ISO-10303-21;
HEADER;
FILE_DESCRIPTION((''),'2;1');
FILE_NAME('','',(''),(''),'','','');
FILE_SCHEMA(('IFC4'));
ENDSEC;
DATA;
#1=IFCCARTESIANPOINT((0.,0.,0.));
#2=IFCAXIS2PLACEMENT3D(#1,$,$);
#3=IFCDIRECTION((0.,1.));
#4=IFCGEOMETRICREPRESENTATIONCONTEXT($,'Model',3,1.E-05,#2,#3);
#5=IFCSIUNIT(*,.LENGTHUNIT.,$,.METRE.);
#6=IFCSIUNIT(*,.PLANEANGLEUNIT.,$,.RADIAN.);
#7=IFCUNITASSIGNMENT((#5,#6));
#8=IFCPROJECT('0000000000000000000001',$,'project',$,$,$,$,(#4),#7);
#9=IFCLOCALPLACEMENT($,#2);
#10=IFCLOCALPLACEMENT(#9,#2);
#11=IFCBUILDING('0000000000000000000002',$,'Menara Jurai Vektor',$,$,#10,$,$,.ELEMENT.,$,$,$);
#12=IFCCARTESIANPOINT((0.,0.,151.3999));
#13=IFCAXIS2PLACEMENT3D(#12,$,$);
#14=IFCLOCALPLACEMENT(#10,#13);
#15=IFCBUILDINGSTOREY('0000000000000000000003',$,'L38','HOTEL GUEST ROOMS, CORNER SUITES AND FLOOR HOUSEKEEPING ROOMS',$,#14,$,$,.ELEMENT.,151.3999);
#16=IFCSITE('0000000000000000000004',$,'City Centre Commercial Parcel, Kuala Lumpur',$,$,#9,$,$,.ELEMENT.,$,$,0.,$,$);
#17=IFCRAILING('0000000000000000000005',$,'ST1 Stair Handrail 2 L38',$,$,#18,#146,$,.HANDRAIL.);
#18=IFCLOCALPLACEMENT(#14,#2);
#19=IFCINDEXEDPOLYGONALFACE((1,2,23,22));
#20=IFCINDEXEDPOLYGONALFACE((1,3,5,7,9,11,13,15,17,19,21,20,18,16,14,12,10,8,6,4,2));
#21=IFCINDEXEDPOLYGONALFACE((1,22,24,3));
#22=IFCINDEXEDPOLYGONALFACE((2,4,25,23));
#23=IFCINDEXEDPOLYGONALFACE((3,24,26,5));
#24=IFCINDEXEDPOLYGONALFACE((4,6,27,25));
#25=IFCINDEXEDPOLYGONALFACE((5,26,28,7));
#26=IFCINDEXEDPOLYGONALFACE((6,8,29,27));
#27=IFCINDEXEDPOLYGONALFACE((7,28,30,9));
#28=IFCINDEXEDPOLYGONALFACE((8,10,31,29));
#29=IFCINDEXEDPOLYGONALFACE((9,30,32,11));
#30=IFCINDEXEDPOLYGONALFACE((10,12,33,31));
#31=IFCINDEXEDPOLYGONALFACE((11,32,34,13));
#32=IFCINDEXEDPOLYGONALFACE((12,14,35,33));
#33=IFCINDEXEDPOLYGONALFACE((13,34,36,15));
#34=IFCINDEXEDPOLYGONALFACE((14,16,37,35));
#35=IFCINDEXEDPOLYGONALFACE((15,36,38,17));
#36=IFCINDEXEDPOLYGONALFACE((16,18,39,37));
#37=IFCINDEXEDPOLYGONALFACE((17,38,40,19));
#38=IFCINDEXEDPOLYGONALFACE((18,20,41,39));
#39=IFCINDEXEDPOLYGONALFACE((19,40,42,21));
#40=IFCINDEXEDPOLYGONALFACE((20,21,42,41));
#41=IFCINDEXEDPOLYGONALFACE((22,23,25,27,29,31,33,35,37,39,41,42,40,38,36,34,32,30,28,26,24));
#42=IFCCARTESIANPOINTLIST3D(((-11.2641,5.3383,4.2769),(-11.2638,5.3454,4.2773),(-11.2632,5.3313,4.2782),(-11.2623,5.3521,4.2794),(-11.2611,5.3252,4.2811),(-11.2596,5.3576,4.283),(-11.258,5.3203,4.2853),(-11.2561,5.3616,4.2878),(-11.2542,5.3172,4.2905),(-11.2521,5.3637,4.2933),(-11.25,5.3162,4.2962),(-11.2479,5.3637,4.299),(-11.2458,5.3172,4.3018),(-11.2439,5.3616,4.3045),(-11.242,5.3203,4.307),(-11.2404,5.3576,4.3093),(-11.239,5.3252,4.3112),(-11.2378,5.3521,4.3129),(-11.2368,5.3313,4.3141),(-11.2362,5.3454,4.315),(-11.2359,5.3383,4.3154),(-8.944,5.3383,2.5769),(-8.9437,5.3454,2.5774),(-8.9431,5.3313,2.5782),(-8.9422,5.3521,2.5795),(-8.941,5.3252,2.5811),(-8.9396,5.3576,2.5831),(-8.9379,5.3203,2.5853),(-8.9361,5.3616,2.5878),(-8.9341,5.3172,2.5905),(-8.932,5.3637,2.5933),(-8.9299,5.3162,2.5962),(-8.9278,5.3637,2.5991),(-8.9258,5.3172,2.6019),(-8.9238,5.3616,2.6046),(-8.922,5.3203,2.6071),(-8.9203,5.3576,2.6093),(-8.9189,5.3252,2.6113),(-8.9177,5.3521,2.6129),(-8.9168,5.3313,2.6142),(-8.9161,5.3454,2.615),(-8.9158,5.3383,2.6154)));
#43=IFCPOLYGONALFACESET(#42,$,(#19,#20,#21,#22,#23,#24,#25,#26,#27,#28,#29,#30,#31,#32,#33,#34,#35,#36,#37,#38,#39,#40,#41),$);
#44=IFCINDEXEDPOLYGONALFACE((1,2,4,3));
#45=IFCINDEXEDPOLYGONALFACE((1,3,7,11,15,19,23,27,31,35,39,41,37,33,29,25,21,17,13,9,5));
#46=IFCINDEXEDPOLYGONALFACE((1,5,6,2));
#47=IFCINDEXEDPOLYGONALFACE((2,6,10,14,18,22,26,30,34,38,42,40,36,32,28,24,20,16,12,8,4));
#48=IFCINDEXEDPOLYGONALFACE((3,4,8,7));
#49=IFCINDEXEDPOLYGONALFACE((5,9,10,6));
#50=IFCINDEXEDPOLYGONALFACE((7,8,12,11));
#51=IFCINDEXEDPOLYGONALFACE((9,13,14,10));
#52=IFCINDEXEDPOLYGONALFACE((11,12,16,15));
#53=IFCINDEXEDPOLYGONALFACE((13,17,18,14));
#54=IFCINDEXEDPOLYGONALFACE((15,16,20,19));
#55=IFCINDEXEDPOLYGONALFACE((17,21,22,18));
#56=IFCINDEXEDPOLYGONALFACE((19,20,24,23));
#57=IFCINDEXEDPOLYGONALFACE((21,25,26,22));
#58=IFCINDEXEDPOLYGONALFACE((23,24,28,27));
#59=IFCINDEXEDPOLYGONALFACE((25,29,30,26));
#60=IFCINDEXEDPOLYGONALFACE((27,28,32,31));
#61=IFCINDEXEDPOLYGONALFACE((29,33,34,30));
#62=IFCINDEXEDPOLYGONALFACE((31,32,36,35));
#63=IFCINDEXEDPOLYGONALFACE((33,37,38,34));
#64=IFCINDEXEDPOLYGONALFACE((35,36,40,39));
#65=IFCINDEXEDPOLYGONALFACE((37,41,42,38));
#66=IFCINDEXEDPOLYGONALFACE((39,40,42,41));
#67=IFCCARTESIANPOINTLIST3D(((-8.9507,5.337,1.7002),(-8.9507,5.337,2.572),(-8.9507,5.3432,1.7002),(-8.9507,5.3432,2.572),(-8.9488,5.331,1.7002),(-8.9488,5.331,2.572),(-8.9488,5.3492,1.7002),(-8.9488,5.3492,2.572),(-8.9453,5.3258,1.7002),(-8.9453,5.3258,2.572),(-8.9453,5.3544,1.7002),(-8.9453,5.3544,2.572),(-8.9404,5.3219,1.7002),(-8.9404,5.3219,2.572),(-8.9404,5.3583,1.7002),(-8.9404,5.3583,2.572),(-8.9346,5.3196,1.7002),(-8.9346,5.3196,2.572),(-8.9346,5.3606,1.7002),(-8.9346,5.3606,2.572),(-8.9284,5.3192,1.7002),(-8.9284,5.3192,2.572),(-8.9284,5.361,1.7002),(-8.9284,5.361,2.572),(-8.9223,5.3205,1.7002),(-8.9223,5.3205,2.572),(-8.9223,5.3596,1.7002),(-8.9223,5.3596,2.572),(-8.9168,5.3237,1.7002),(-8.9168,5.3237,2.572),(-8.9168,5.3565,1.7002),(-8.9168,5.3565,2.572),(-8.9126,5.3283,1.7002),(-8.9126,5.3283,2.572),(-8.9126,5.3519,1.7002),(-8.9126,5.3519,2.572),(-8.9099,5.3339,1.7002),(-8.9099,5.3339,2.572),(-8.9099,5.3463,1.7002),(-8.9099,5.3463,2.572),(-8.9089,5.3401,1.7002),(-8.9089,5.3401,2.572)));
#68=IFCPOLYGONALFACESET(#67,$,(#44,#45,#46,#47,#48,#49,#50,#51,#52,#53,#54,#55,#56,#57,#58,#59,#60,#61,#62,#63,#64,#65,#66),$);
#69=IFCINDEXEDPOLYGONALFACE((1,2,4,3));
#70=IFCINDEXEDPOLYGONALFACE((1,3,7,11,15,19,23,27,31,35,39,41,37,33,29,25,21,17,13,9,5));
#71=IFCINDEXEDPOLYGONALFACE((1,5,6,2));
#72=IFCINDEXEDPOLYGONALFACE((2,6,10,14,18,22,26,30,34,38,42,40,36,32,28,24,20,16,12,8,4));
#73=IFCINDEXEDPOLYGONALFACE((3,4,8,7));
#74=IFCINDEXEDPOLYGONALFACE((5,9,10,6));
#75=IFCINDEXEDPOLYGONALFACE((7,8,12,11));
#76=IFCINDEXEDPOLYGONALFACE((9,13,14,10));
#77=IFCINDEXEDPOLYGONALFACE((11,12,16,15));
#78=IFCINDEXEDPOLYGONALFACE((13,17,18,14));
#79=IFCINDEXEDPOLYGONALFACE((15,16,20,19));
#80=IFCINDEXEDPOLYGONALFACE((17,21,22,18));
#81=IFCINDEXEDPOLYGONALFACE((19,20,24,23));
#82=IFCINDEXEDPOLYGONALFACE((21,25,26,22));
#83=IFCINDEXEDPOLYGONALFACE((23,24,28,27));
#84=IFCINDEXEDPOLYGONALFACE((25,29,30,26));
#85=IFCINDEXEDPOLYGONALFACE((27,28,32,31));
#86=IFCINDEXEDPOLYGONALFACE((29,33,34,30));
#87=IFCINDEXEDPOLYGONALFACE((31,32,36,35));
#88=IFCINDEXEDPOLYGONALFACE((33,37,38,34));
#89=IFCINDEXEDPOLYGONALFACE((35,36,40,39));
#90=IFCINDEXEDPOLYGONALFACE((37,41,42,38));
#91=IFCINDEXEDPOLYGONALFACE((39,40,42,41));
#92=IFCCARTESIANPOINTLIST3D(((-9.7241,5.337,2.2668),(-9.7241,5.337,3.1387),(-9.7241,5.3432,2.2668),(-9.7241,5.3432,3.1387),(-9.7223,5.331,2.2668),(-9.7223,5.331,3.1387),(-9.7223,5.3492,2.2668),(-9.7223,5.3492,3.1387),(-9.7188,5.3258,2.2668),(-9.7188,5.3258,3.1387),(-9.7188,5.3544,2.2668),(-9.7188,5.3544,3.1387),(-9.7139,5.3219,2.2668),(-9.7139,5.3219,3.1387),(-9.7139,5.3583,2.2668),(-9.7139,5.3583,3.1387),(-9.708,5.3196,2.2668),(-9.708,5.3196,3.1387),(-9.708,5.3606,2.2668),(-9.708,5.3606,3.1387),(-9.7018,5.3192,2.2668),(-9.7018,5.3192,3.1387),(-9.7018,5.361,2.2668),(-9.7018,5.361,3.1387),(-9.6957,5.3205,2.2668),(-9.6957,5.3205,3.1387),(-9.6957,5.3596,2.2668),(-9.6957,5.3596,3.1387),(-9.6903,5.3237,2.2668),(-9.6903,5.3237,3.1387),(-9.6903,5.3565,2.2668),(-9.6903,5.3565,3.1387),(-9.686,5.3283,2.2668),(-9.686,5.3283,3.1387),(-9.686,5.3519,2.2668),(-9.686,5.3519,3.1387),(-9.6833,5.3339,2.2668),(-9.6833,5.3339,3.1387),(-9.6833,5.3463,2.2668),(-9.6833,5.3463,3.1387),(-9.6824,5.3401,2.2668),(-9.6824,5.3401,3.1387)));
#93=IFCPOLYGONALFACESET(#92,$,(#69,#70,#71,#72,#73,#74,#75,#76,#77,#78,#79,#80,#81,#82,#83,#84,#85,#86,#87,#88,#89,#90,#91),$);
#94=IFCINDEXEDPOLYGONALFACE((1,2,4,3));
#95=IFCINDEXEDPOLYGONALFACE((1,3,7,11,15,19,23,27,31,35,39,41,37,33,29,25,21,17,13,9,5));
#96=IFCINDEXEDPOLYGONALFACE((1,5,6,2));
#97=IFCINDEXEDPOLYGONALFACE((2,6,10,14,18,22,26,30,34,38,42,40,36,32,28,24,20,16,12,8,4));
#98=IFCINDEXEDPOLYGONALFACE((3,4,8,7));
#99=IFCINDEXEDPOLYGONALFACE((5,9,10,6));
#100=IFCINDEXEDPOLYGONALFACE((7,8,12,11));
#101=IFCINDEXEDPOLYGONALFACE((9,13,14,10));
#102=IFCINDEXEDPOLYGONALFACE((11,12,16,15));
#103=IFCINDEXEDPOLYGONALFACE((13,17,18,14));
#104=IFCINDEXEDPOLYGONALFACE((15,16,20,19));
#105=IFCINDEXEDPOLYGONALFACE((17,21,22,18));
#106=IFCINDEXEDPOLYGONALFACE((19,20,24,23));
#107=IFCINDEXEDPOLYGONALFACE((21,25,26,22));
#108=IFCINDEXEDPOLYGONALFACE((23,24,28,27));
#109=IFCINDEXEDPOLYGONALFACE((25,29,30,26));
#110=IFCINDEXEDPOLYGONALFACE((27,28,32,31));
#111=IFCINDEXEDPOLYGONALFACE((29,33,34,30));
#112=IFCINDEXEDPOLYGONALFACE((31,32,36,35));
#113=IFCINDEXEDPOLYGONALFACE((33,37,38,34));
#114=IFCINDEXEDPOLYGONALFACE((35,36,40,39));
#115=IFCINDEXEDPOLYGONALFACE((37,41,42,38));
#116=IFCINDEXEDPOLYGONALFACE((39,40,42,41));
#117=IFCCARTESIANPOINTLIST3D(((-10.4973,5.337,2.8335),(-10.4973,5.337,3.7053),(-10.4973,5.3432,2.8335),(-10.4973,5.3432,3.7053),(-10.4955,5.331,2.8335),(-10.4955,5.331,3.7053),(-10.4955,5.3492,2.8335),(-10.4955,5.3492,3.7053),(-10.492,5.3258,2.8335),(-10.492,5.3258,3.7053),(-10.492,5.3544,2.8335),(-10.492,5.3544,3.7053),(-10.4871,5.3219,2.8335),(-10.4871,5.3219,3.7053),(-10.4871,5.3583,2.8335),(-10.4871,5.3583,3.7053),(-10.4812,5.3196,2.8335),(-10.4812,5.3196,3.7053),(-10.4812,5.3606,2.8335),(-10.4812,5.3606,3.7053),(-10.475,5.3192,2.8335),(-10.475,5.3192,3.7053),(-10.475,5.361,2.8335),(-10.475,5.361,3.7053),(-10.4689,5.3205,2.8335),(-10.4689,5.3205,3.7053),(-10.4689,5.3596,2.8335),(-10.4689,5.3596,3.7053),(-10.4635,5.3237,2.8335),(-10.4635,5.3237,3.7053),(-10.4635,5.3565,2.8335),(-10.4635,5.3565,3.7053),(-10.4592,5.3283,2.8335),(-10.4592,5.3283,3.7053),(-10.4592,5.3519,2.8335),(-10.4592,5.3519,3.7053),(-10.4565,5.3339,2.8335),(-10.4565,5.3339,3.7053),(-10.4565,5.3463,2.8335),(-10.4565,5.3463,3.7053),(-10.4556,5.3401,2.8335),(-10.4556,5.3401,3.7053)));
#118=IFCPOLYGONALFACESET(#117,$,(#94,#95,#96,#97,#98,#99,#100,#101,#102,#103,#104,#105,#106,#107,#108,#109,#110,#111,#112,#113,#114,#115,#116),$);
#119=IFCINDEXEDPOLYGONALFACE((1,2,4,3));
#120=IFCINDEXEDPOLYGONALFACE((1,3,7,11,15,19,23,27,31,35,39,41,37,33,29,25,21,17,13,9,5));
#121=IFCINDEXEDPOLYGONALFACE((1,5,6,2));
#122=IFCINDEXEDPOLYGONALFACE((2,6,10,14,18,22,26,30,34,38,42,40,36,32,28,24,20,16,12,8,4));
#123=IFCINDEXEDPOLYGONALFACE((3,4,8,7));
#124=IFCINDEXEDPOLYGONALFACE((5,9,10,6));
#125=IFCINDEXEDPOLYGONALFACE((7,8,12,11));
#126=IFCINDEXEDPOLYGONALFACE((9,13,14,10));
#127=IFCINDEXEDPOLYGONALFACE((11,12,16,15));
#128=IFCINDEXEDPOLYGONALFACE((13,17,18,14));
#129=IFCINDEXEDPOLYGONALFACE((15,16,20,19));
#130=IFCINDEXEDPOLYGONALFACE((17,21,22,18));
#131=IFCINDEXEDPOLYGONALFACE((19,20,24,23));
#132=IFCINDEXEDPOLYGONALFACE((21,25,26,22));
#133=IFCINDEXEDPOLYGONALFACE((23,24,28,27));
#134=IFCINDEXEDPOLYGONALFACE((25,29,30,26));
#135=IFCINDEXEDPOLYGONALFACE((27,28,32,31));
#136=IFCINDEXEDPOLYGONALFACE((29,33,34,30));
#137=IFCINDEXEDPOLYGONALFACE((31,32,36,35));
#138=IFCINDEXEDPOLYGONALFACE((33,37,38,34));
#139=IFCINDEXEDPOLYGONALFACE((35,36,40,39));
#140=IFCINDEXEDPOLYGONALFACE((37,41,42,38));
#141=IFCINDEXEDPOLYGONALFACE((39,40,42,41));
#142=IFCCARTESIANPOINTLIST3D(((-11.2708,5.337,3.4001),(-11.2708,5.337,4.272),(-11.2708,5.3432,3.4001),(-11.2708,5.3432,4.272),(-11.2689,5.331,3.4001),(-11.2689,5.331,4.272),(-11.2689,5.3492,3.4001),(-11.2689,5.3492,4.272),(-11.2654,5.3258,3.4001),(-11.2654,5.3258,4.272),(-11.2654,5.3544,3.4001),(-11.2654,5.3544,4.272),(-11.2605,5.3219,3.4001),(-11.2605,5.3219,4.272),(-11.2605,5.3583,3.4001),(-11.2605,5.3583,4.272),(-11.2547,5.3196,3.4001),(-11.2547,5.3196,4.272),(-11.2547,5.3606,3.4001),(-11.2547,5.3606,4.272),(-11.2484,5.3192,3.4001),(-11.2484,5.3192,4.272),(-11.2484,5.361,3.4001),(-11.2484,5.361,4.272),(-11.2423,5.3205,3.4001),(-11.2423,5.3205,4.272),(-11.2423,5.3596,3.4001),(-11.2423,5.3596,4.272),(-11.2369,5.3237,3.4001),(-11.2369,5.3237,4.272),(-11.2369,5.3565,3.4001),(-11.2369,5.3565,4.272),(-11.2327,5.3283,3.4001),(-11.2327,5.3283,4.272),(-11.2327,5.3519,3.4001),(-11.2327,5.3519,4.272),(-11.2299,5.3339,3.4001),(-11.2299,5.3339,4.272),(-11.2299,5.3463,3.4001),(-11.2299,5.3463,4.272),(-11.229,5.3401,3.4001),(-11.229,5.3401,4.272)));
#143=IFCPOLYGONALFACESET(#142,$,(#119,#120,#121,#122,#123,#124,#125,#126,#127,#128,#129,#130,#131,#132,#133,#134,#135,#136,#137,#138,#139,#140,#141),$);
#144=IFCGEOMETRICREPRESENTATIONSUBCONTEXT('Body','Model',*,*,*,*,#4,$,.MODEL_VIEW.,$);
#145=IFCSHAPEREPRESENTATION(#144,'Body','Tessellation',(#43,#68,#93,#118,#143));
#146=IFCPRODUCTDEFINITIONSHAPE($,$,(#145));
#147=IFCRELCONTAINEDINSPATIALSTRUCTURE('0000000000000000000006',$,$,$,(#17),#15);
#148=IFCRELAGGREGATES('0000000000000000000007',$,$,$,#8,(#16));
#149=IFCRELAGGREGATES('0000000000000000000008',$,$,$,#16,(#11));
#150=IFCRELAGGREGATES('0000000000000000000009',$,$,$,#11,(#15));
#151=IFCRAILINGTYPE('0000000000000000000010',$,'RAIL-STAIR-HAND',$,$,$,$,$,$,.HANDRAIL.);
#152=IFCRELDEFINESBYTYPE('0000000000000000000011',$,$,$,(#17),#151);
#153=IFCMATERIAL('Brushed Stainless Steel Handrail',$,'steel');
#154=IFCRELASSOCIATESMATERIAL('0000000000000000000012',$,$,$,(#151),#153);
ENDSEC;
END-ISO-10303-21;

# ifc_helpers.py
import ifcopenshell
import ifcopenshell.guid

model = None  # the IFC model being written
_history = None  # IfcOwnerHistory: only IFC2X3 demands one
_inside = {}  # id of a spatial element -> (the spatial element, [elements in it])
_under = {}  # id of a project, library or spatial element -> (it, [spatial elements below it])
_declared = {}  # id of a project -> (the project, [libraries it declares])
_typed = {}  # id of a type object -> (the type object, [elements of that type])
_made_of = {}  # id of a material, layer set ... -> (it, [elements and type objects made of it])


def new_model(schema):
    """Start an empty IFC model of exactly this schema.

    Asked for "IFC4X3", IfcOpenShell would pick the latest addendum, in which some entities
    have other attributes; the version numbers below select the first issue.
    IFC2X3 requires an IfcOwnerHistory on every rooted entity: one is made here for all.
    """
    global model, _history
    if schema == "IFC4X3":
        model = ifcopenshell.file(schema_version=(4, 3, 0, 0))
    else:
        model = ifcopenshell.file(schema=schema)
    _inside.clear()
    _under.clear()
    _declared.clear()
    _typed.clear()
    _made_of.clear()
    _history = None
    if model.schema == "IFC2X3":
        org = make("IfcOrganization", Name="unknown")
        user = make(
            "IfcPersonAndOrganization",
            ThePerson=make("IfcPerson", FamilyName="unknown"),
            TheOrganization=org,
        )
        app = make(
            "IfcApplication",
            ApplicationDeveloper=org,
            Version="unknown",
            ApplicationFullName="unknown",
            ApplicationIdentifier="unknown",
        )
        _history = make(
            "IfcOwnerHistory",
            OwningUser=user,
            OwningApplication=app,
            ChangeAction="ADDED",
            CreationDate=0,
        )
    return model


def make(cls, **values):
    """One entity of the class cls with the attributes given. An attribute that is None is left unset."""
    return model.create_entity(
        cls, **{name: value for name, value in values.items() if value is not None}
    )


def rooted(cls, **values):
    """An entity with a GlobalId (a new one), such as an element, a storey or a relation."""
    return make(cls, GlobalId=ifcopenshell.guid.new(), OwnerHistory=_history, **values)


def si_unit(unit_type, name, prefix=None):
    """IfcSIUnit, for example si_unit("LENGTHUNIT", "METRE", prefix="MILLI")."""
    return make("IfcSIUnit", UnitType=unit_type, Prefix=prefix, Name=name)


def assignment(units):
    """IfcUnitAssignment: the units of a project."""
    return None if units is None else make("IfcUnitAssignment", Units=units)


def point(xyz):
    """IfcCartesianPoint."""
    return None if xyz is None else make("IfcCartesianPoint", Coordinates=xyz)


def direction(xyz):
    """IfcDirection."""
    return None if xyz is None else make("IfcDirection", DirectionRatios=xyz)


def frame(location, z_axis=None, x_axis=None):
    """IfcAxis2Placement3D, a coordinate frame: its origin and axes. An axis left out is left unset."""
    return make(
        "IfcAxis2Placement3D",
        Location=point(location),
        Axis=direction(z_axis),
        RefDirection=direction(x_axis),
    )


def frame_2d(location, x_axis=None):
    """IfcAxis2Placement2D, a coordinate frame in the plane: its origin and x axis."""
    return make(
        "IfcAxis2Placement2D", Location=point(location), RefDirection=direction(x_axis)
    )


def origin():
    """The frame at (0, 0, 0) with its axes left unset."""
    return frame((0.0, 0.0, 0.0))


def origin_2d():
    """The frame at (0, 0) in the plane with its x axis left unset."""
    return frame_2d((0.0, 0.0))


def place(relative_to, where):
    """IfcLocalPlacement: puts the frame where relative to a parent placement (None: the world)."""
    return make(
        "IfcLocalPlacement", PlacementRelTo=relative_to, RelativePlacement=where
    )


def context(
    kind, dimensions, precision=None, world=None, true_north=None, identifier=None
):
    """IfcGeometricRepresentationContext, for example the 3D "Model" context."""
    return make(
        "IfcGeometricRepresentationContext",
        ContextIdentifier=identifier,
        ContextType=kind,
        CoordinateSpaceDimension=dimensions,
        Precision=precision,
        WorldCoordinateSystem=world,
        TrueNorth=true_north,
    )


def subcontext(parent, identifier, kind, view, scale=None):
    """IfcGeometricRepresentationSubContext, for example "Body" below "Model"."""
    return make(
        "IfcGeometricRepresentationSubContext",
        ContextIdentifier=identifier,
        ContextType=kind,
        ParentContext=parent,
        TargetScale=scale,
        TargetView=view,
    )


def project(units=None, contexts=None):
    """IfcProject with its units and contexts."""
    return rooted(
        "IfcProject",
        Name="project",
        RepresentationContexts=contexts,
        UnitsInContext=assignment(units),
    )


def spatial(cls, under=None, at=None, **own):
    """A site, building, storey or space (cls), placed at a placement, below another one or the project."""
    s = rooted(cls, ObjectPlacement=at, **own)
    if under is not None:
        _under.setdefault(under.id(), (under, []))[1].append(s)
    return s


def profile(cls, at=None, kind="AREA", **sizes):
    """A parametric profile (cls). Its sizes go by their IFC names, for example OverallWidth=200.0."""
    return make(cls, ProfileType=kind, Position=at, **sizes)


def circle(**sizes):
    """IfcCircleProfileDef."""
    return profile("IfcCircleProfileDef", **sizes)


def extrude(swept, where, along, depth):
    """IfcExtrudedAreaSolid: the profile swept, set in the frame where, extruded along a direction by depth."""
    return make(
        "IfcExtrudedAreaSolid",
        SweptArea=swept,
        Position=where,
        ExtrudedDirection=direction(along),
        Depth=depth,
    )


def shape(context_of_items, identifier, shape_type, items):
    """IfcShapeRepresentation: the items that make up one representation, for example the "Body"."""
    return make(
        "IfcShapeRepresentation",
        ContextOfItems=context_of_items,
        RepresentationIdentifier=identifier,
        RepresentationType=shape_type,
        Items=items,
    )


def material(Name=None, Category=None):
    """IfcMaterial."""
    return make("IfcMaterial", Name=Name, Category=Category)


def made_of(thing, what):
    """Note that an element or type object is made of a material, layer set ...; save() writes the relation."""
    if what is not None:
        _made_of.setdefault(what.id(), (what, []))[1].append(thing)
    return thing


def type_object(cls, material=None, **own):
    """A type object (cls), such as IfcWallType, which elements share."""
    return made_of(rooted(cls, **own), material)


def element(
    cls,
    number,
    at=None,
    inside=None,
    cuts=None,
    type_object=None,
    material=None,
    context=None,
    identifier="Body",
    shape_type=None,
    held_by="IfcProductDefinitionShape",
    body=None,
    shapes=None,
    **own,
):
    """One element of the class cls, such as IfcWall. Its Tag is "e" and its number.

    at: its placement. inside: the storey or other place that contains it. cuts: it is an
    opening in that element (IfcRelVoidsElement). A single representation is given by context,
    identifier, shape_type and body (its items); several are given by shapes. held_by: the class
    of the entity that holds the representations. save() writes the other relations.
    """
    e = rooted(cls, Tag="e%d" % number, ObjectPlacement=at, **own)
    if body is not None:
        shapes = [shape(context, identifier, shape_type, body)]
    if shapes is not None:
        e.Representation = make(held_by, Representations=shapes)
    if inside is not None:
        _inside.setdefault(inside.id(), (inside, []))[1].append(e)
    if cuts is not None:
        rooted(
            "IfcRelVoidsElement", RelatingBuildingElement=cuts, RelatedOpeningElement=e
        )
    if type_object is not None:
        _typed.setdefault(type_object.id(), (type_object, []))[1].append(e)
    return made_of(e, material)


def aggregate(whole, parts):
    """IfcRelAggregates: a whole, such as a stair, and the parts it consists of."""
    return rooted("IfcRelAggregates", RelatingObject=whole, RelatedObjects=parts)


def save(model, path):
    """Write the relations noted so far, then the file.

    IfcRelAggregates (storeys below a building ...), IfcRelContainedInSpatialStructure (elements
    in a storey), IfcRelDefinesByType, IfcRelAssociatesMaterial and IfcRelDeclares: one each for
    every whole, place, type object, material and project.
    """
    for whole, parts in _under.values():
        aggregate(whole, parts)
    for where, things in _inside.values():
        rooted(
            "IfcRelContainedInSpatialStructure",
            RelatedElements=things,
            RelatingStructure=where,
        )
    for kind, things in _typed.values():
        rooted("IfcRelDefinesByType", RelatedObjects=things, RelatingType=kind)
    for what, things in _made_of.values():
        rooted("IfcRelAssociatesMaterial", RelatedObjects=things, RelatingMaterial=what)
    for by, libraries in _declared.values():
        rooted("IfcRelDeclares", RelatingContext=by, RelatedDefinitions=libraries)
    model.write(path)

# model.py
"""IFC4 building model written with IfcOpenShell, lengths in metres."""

from ifc_helpers import new_model, si_unit, direction, frame, origin, origin_2d, place, context, subcontext, project, spatial, circle, extrude, material, type_object, element, save


model = new_model("IFC4")

# Units and contexts
model_context = context("Model", 3, precision=1e-05, world=origin(), true_north=direction((0.0, 1.0)))
body_context = subcontext(model_context, "Body", "Model", "MODEL_VIEW")
ifc_project = project(units=[si_unit("LENGTHUNIT", "METRE"), si_unit("PLANEANGLEUNIT", "RADIAN")], contexts=[model_context])

# Site, building, storey
site_placement = place(None, origin())
site = spatial("IfcSite", under=ifc_project, at=site_placement, Name="City Centre Commercial Parcel, Kuala Lumpur", CompositionType="ELEMENT", RefElevation=0.0)
building_placement = place(site_placement, origin())
building = spatial("IfcBuilding", under=site, at=building_placement, Name="Menara Jurai Vektor", CompositionType="ELEMENT")
storey_placement = place(building_placement, frame((0.0, 0.0, 151.3999)))
storey = spatial("IfcBuildingStorey", under=building, at=storey_placement, Name="L38", Description="HOTEL GUEST ROOMS, CORNER SUITES AND FLOOR HOUSEKEEPING ROOMS", CompositionType="ELEMENT", Elevation=151.3999)

# Railing
ifc_material_1 = material(Name="Brushed Stainless Steel Handrail", Category="steel")
railing_type_1 = type_object("IfcRailingType", Name="RAIL-STAIR-HAND", PredefinedType="HANDRAIL", material=ifc_material_1)
railing_1_placement = place(storey_placement, frame((-8.9299, 5.3401, 1.7002)))
element("IfcRailing", 1, at=railing_1_placement, inside=storey, type_object=railing_type_1, Name="ST1 Stair Handrail 2 L38", PredefinedType="HANDRAIL", context=body_context, shape_type="SweptSolid", body=[
    extrude(circle(Radius=0.0239, at=origin_2d()), frame((0.0, 0.0, 0.896), z_axis=(-0.806642, 0.0, 0.59104), x_axis=(0.0, -1.0, 0.0)), (0.0, 0.0, 1.0), 2.8762),
    extrude(circle(Radius=0.021, at=origin_2d()), origin(), (0.0, 0.0, 1.0), 0.8718),
    extrude(circle(Radius=0.021, at=origin_2d()), frame((-0.7734, 0.0, 0.5667)), (0.0, 0.0, 1.0), 0.8718),
    extrude(circle(Radius=0.021, at=origin_2d()), frame((-1.5466, 0.0, 1.1333)), (0.0, 0.0, 1.0), 0.8718),
    extrude(circle(Radius=0.021, at=origin_2d()), frame((-2.3201, 0.0, 1.7)), (0.0, 0.0, 1.0), 0.8718),
])

save(model, "model.ifc")
